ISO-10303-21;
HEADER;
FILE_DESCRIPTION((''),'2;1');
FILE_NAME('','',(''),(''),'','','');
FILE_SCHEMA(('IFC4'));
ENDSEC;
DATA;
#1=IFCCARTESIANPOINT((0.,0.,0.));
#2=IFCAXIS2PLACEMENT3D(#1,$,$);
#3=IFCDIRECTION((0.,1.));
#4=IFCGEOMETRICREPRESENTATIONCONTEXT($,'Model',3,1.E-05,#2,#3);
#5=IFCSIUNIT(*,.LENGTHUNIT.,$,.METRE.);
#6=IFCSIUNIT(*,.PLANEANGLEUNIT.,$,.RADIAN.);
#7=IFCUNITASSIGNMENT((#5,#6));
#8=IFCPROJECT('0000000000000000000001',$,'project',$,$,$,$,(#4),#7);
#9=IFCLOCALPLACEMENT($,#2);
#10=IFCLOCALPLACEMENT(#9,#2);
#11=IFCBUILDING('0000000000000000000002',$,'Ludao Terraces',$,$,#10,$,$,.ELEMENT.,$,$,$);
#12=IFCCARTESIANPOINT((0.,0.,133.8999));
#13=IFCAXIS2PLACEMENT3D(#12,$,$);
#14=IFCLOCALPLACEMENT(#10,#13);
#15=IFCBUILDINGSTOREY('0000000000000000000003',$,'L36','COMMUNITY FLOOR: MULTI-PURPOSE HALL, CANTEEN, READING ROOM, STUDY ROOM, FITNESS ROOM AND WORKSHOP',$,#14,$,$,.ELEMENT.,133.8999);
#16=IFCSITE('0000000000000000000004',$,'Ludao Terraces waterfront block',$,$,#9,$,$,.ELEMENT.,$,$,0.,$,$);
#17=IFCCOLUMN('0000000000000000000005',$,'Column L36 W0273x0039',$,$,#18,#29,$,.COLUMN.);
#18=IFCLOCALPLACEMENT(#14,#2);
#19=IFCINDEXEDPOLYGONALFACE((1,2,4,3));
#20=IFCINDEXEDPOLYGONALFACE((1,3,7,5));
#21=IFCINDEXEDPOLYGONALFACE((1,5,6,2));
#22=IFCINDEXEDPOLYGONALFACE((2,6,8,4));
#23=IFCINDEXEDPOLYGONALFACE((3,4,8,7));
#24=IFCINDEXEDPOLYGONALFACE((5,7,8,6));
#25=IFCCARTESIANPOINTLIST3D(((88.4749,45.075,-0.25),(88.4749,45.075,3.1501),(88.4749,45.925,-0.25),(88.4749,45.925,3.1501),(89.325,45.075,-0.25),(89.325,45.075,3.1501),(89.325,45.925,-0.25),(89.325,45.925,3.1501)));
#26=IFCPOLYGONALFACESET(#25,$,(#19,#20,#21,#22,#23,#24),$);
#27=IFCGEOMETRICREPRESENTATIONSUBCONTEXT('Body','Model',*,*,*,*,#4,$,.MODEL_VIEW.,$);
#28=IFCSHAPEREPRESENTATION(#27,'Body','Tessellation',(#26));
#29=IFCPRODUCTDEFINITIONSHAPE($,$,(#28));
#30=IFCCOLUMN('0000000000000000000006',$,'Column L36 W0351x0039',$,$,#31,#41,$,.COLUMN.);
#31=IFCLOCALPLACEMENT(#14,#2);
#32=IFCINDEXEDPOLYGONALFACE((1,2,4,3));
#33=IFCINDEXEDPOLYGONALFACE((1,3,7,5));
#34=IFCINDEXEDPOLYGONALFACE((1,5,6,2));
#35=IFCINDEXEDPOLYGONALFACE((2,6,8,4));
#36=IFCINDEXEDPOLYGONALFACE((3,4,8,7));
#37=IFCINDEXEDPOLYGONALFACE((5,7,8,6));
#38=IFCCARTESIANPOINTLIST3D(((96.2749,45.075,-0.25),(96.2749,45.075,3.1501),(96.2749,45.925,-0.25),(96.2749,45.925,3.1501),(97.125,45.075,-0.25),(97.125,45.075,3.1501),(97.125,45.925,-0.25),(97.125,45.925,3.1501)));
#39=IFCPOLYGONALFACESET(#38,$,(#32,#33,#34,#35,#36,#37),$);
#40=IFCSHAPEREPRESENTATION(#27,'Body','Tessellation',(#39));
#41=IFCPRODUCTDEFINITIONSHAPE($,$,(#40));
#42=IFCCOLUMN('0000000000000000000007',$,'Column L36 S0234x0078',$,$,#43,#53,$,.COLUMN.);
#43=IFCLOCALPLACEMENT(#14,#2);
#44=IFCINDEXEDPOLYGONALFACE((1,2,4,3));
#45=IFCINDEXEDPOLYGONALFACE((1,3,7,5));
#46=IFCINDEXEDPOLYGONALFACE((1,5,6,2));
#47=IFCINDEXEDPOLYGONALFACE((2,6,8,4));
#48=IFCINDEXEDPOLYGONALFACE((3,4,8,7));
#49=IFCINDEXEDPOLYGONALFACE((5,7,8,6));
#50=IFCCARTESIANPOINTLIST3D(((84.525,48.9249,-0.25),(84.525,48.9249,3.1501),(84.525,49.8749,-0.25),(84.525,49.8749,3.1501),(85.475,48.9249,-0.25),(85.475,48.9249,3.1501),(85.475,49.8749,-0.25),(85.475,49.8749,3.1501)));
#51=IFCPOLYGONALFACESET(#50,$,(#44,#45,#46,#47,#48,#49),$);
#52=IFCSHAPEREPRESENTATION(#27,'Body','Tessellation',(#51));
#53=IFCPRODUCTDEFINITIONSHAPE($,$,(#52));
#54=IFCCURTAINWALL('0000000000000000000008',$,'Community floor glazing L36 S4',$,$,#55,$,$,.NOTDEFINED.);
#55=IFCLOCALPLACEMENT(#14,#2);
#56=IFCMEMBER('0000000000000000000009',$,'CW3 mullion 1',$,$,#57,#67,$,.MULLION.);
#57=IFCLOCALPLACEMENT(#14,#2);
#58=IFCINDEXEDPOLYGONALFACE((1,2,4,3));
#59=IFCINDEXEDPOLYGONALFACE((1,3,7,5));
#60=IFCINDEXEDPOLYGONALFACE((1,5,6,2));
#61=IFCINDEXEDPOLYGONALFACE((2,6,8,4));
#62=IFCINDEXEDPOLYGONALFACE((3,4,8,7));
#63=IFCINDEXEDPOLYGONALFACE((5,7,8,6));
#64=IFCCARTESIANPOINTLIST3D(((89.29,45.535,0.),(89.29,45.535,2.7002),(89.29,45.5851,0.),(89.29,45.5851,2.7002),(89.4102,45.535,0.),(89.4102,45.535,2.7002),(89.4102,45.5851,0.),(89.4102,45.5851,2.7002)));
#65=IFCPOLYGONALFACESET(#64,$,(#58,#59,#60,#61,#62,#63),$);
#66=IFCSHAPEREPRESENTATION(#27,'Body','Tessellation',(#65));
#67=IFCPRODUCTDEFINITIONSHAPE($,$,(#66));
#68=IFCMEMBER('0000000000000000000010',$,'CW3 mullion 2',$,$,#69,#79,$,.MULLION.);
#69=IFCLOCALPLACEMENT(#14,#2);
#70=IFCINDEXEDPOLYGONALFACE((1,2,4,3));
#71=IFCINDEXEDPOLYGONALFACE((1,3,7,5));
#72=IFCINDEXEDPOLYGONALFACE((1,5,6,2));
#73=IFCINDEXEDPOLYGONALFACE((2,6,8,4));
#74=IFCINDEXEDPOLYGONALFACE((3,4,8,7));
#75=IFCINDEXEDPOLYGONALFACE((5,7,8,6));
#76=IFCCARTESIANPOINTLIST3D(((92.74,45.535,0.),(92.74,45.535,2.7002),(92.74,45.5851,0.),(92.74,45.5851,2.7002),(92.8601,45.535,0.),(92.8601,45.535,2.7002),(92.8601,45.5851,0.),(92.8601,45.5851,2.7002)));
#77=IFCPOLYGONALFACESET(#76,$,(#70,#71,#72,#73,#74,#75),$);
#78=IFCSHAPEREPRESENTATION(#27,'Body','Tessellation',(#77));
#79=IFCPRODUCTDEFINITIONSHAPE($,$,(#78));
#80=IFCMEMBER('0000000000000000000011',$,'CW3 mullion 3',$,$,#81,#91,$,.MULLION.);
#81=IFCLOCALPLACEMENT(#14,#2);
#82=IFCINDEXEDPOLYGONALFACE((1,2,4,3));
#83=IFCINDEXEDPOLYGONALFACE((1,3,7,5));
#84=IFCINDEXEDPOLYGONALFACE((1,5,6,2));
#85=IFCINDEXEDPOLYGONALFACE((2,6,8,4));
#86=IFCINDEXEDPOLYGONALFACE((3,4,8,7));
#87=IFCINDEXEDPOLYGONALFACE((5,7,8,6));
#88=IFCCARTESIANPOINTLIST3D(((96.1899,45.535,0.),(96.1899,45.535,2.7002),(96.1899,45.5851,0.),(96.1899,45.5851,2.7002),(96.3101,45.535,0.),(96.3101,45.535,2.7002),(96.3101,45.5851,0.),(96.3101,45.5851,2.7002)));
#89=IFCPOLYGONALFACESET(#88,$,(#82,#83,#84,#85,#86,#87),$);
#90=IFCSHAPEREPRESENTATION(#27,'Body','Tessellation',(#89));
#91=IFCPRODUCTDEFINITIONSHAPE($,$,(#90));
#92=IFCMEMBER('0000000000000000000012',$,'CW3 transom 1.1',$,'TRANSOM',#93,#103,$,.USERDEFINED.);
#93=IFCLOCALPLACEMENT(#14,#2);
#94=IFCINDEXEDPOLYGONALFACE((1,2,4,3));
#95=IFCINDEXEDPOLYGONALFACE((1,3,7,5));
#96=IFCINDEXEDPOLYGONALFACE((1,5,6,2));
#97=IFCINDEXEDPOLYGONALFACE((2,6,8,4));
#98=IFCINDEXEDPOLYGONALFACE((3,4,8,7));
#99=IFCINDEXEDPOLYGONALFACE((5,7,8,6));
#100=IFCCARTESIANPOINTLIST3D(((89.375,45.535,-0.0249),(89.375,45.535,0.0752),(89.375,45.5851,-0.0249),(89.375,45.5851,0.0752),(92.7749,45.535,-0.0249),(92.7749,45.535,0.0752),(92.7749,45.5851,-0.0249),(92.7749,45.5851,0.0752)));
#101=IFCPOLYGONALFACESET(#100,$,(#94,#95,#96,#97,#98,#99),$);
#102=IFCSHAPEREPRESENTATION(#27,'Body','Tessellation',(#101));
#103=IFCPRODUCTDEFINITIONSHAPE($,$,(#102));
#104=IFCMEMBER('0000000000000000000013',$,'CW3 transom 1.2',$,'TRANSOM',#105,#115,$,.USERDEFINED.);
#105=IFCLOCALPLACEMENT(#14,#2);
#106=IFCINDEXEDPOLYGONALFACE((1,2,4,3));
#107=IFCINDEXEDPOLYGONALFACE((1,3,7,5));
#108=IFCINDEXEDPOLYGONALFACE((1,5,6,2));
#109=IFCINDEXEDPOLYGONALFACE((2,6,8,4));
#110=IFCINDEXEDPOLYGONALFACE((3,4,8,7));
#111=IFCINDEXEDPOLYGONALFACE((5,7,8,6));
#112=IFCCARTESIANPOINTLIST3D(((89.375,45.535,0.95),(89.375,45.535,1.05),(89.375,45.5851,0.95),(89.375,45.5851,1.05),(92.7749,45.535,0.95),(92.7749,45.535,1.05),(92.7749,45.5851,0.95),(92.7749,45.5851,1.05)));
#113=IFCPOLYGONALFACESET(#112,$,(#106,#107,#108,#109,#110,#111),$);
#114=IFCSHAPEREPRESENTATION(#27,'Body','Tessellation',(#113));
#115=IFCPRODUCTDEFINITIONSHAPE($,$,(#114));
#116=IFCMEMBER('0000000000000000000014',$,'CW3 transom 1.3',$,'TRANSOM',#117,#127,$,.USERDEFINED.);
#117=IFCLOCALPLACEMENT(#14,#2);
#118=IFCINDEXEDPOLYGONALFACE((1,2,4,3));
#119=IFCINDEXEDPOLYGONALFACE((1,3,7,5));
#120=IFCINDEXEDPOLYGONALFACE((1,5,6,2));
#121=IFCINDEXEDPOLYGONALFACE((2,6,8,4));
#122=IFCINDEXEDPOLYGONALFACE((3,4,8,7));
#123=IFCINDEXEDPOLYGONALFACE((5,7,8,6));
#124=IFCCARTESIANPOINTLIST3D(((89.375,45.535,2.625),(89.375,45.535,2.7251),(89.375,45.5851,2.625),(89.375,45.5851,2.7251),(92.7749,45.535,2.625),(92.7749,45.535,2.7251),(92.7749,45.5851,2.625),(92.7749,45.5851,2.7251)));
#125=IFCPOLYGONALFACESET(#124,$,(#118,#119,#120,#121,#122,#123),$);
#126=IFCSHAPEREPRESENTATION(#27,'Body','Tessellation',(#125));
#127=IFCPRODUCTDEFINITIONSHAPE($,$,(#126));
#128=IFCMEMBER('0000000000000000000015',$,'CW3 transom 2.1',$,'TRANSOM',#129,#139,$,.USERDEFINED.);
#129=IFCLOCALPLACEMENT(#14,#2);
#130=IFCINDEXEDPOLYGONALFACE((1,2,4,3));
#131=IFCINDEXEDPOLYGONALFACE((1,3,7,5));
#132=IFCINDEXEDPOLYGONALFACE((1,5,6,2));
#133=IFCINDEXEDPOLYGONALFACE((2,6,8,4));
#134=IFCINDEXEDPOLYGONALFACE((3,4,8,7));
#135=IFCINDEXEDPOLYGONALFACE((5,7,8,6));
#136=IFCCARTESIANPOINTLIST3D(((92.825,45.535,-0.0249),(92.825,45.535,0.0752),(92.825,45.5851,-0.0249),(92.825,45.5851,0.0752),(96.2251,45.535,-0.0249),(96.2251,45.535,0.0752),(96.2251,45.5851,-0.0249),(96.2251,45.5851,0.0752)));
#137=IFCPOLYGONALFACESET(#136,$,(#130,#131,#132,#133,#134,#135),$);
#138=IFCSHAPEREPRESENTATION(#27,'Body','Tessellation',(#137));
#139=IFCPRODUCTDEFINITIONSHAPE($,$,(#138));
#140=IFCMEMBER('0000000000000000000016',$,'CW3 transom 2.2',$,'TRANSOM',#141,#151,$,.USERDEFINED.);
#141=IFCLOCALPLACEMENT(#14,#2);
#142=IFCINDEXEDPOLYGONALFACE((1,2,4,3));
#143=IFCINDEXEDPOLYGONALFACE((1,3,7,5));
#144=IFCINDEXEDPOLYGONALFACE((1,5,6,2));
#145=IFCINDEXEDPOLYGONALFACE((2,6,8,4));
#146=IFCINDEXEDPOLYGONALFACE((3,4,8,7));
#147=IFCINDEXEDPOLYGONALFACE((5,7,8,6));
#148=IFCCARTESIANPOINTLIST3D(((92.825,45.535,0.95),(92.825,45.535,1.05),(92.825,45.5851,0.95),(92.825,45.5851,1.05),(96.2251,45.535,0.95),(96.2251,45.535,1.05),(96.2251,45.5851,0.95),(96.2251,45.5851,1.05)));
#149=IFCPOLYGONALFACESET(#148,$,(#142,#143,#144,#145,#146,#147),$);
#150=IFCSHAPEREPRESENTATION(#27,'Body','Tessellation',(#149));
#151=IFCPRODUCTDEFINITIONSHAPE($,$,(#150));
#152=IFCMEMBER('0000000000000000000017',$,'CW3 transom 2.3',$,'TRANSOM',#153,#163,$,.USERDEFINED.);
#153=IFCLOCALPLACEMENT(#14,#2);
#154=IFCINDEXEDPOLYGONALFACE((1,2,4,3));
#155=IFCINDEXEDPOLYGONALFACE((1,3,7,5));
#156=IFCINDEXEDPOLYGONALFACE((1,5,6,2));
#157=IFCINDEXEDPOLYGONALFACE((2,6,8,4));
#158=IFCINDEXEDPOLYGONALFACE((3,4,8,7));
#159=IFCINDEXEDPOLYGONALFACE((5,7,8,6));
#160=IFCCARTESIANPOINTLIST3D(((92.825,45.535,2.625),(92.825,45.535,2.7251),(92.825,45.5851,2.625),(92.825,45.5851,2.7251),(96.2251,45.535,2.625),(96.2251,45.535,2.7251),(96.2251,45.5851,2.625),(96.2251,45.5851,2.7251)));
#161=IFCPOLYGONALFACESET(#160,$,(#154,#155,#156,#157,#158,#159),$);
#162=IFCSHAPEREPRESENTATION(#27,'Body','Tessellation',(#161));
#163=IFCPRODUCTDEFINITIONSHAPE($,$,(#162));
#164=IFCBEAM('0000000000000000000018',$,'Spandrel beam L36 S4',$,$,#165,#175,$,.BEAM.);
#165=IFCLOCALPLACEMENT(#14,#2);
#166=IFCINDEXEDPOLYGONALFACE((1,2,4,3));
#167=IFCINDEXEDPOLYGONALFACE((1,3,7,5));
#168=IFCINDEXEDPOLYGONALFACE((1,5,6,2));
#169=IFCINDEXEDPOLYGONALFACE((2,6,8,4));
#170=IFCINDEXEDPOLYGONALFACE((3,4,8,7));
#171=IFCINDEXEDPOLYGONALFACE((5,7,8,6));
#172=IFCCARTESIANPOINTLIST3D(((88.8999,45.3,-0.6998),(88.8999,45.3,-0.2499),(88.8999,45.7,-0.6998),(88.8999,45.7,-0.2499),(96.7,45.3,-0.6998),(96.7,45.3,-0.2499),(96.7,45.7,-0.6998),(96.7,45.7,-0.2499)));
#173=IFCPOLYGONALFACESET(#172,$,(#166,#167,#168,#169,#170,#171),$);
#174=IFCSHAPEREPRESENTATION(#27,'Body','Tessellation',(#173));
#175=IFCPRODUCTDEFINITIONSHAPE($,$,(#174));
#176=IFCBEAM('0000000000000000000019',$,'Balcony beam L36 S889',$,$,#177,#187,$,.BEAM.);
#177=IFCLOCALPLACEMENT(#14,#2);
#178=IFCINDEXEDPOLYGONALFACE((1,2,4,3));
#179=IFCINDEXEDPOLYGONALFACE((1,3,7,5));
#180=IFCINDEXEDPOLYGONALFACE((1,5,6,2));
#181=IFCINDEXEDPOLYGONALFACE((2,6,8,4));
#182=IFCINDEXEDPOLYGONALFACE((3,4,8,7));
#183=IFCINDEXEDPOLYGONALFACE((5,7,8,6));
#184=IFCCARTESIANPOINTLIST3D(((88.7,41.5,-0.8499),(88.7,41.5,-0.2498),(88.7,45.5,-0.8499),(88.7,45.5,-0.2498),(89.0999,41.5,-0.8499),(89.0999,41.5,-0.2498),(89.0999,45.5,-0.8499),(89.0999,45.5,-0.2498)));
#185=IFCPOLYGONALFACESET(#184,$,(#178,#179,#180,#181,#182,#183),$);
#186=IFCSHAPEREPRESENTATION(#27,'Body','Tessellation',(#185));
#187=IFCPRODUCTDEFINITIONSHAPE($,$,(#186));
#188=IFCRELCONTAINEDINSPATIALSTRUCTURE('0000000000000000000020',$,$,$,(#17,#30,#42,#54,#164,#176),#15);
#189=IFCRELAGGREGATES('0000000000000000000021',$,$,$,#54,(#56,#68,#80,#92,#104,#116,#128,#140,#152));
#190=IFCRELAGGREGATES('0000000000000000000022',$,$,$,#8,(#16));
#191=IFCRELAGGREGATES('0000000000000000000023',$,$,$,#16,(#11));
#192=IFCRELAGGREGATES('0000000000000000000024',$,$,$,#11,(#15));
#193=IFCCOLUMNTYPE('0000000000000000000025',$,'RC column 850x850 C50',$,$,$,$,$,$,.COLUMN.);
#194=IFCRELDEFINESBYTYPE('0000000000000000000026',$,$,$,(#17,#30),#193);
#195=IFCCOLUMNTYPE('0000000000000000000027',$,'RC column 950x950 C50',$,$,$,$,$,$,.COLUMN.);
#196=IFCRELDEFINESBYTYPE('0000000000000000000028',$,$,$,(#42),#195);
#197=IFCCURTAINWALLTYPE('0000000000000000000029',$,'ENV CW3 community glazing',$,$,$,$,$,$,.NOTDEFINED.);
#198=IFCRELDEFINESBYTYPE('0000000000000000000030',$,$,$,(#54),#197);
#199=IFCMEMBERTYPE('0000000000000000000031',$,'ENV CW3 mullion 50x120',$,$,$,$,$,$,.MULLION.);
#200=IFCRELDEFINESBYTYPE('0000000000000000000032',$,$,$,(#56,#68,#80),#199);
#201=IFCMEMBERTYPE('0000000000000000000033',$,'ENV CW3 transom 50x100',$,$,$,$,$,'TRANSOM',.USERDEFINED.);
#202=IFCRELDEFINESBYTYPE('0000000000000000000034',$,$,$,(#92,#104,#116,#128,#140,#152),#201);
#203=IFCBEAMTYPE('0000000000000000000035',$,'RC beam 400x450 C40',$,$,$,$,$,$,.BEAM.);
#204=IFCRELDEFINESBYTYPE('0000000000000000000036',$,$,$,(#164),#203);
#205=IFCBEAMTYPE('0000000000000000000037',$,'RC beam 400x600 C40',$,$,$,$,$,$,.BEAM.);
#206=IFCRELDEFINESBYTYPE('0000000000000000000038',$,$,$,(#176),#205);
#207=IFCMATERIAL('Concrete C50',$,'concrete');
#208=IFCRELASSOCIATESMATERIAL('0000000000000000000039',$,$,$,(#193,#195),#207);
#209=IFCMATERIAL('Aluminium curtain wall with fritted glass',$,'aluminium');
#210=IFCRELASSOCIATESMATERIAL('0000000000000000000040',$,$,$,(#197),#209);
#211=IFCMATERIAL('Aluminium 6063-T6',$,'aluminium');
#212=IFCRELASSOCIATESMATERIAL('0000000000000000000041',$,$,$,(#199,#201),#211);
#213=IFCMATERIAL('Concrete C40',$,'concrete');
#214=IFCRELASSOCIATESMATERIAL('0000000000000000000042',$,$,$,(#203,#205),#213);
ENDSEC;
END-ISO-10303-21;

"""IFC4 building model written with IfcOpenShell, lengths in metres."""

from ifc_helpers import new_model, si_unit, direction, frame, origin, origin_2d, place, context, subcontext, project, spatial, rectangle, extrude, material, material_profile, profile_set, type_object, element, aggregate, save


model = new_model("IFC4")

# Units and contexts
model_context = context("Model", 3, precision=1e-05, world=origin(), true_north=direction((0.0, 1.0)))
body_context = subcontext(model_context, "Body", "Model", "MODEL_VIEW")
ifc_project = project(units=[si_unit("LENGTHUNIT", "METRE"), si_unit("PLANEANGLEUNIT", "RADIAN")], contexts=[model_context])

# Site, building, storey
site_placement = place(None, origin())
site = spatial("IfcSite", under=ifc_project, at=site_placement, Name="Ludao Terraces waterfront block", CompositionType="ELEMENT", RefElevation=0.0)
building_placement = place(site_placement, origin())
building = spatial("IfcBuilding", under=site, at=building_placement, Name="Ludao Terraces", CompositionType="ELEMENT")
storey_placement = place(building_placement, frame((0.0, 0.0, 133.8999)))
storey = spatial("IfcBuildingStorey", under=building, at=storey_placement, Name="L36", Description="COMMUNITY FLOOR: MULTI-PURPOSE HALL, CANTEEN, READING ROOM, STUDY ROOM, FITNESS ROOM AND WORKSHOP", CompositionType="ELEMENT", Elevation=133.8999)

# Columns
ifc_material_1 = material(Name="Concrete C50", Category="concrete")
ifc_material_profile_1 = material_profile(ifc_material_1, rectangle(XDim=0.8501, YDim=0.8501, at=origin_2d()), Name="850 X 850")
ifc_profile_set_1 = profile_set([ifc_material_profile_1], Name="Concrete C50")
column_type_1 = type_object("IfcColumnType", Name="RC column 850x850 C50", PredefinedType="COLUMN", material=ifc_profile_set_1)
for number, where, z_axis, x_axis, name in (
    (1, (88.8999, 45.5, -0.25), (0.0, 0.0, 1.0), (1.0, 0.0, 0.0), "Column L36 W0273x0039"),
    (2, (96.7, 45.5, -0.25), (0.0, 0.0, 1.0), (1.0, 0.0, 0.0), "Column L36 W0351x0039"),
):
    element("IfcColumn", number, at=place(storey_placement, frame(where, z_axis=z_axis, x_axis=x_axis)), inside=storey, type_object=column_type_1, Name=name, PredefinedType="COLUMN", context=body_context, shape_type="SweptSolid", body=[
        extrude(rectangle(XDim=0.8501, YDim=0.8501, at=origin_2d()), origin(), (0.0, 0.0, 1.0), 3.4001),
    ])
ifc_material_profile_2 = material_profile(ifc_material_1, rectangle(XDim=0.95, YDim=0.95, at=origin_2d()), Name="950 X 950")
ifc_profile_set_2 = profile_set([ifc_material_profile_2], Name="Concrete C50")
column_type_2 = type_object("IfcColumnType", Name="RC column 950x950 C50", PredefinedType="COLUMN", material=ifc_profile_set_2)
column_placement = place(storey_placement, frame((85.0, 49.3999, -0.25), z_axis=(0.0, 0.0, 1.0), x_axis=(1.0, 0.0, 0.0)))
element("IfcColumn", 3, at=column_placement, inside=storey, type_object=column_type_2, Name="Column L36 S0234x0078", PredefinedType="COLUMN", context=body_context, shape_type="SweptSolid", body=[
    extrude(rectangle(XDim=0.95, YDim=0.95, at=origin_2d()), origin(), (0.0, 0.0, 1.0), 3.4001),
])

# Curtain wall, members
ifc_material_2 = material(Name="Aluminium curtain wall with fritted glass", Category="aluminium")
curtain_wall_type = type_object("IfcCurtainWallType", Name="ENV CW3 community glazing", PredefinedType="NOTDEFINED", material=ifc_material_2)
curtain_wall_placement = place(storey_placement, origin())
curtain_wall = element("IfcCurtainWall", 4, at=curtain_wall_placement, inside=storey, type_object=curtain_wall_type, Name="Community floor glazing L36 S4", PredefinedType="NOTDEFINED")
ifc_material_3 = material(Name="Aluminium 6063-T6", Category="aluminium")
ifc_material_profile_3 = material_profile(ifc_material_3, rectangle(XDim=0.05, YDim=0.1201, at=origin_2d()), Name="50 X 120")
ifc_profile_set_3 = profile_set([ifc_material_profile_3], Name="Aluminium 6063-T6")
member_type_1 = type_object("IfcMemberType", Name="ENV CW3 mullion 50x120", PredefinedType="MULLION", material=ifc_profile_set_3)
member_1_placement = place(storey_placement, frame((89.3501, 45.5601, 0.0), z_axis=(0.0, 0.0, 1.0), x_axis=(0.0, 1.0, 0.0)))
member_1 = element("IfcMember", 5, at=member_1_placement, type_object=member_type_1, Name="CW3 mullion 1", PredefinedType="MULLION", context=body_context, shape_type="SweptSolid", body=[
    extrude(rectangle(XDim=0.05, YDim=0.1201, at=origin_2d()), origin(), (0.0, 0.0, 1.0), 2.7002),
])
member_2_placement = place(storey_placement, frame((92.8, 45.5601, 0.0), z_axis=(0.0, 0.0, 1.0), x_axis=(0.0, 1.0, 0.0)))
member_2 = element("IfcMember", 6, at=member_2_placement, type_object=member_type_1, Name="CW3 mullion 2", PredefinedType="MULLION", context=body_context, shape_type="SweptSolid", body=[
    extrude(rectangle(XDim=0.05, YDim=0.1201, at=origin_2d()), origin(), (0.0, 0.0, 1.0), 2.7002),
])
member_3_placement = place(storey_placement, frame((96.25, 45.5601, 0.0), z_axis=(0.0, 0.0, 1.0), x_axis=(0.0, 1.0, 0.0)))
member_3 = element("IfcMember", 7, at=member_3_placement, type_object=member_type_1, Name="CW3 mullion 3", PredefinedType="MULLION", context=body_context, shape_type="SweptSolid", body=[
    extrude(rectangle(XDim=0.05, YDim=0.1201, at=origin_2d()), origin(), (0.0, 0.0, 1.0), 2.7002),
])
ifc_material_profile_4 = material_profile(ifc_material_3, rectangle(XDim=0.05, YDim=0.1001, at=origin_2d()), Name="50 X 100")
ifc_profile_set_4 = profile_set([ifc_material_profile_4], Name="Aluminium 6063-T6")
member_type_2 = type_object("IfcMemberType", Name="ENV CW3 transom 50x100", ElementType="TRANSOM", PredefinedType="USERDEFINED", material=ifc_profile_set_4)
member_4_placement = place(storey_placement, frame((89.375, 45.5601, 0.0251), z_axis=(1.0, 0.0, 0.0), x_axis=(0.0, 1.0, 0.0)))
member_4 = element("IfcMember", 8, at=member_4_placement, type_object=member_type_2, Name="CW3 transom 1.1", ObjectType="TRANSOM", PredefinedType="USERDEFINED", context=body_context, shape_type="SweptSolid", body=[
    extrude(rectangle(XDim=0.05, YDim=0.1001, at=origin_2d()), origin(), (0.0, 0.0, 1.0), 3.3999),
])
member_5_placement = place(storey_placement, frame((89.375, 45.5601, 1.0), z_axis=(1.0, 0.0, 0.0), x_axis=(0.0, 1.0, 0.0)))
member_5 = element("IfcMember", 9, at=member_5_placement, type_object=member_type_2, Name="CW3 transom 1.2", ObjectType="TRANSOM", PredefinedType="USERDEFINED", context=body_context, shape_type="SweptSolid", body=[
    extrude(rectangle(XDim=0.05, YDim=0.1001, at=origin_2d()), origin(), (0.0, 0.0, 1.0), 3.3999),
])
member_6_placement = place(storey_placement, frame((89.375, 45.5601, 2.675), z_axis=(1.0, 0.0, 0.0), x_axis=(0.0, 1.0, 0.0)))
member_6 = element("IfcMember", 10, at=member_6_placement, type_object=member_type_2, Name="CW3 transom 1.3", ObjectType="TRANSOM", PredefinedType="USERDEFINED", context=body_context, shape_type="SweptSolid", body=[
    extrude(rectangle(XDim=0.05, YDim=0.1001, at=origin_2d()), origin(), (0.0, 0.0, 1.0), 3.3999),
])
member_7_placement = place(storey_placement, frame((92.825, 45.5601, 0.0251), z_axis=(1.0, 0.0, 0.0), x_axis=(0.0, 1.0, 0.0)))
member_7 = element("IfcMember", 11, at=member_7_placement, type_object=member_type_2, Name="CW3 transom 2.1", ObjectType="TRANSOM", PredefinedType="USERDEFINED", context=body_context, shape_type="SweptSolid", body=[
    extrude(rectangle(XDim=0.05, YDim=0.1001, at=origin_2d()), origin(), (0.0, 0.0, 1.0), 3.4001),
])
member_8_placement = place(storey_placement, frame((92.825, 45.5601, 1.0), z_axis=(1.0, 0.0, 0.0), x_axis=(0.0, 1.0, 0.0)))
member_8 = element("IfcMember", 12, at=member_8_placement, type_object=member_type_2, Name="CW3 transom 2.2", ObjectType="TRANSOM", PredefinedType="USERDEFINED", context=body_context, shape_type="SweptSolid", body=[
    extrude(rectangle(XDim=0.05, YDim=0.1001, at=origin_2d()), origin(), (0.0, 0.0, 1.0), 3.4001),
])
member_9_placement = place(storey_placement, frame((92.825, 45.5601, 2.675), z_axis=(1.0, 0.0, 0.0), x_axis=(0.0, 1.0, 0.0)))
member_9 = element("IfcMember", 13, at=member_9_placement, type_object=member_type_2, Name="CW3 transom 2.3", ObjectType="TRANSOM", PredefinedType="USERDEFINED", context=body_context, shape_type="SweptSolid", body=[
    extrude(rectangle(XDim=0.05, YDim=0.1001, at=origin_2d()), origin(), (0.0, 0.0, 1.0), 3.4001),
])

# Beams
ifc_material_4 = material(Name="Concrete C40", Category="concrete")
ifc_material_profile_5 = material_profile(ifc_material_4, rectangle(XDim=0.3999, YDim=0.45, at=origin_2d()), Name="400 X 450")
ifc_profile_set_5 = profile_set([ifc_material_profile_5], Name="Concrete C40")
beam_type_1 = type_object("IfcBeamType", Name="RC beam 400x450 C40", PredefinedType="BEAM", material=ifc_profile_set_5)
beam_1_placement = place(storey_placement, frame((88.8999, 45.5, -0.4749), z_axis=(1.0, 0.0, 0.0), x_axis=(0.0, 1.0, 0.0)))
element("IfcBeam", 14, at=beam_1_placement, inside=storey, type_object=beam_type_1, Name="Spandrel beam L36 S4", PredefinedType="BEAM", context=body_context, shape_type="SweptSolid", body=[
    extrude(rectangle(XDim=0.3999, YDim=0.45, at=origin_2d()), origin(), (0.0, 0.0, 1.0), 7.8),
])
ifc_material_profile_6 = material_profile(ifc_material_4, rectangle(XDim=0.3999, YDim=0.6001, at=origin_2d()), Name="400 X 600")
ifc_profile_set_6 = profile_set([ifc_material_profile_6], Name="Concrete C40")
beam_type_2 = type_object("IfcBeamType", Name="RC beam 400x600 C40", PredefinedType="BEAM", material=ifc_profile_set_6)
beam_2_placement = place(storey_placement, frame((88.8999, 45.5, -0.5498), z_axis=(0.0, -1.0, 0.0), x_axis=(1.0, 0.0, 0.0)))
element("IfcBeam", 15, at=beam_2_placement, inside=storey, type_object=beam_type_2, Name="Balcony beam L36 S889", PredefinedType="BEAM", context=body_context, shape_type="SweptSolid", body=[
    extrude(rectangle(XDim=0.3999, YDim=0.6001, at=origin_2d()), origin(), (0.0, 0.0, 1.0), 4.0),
])

aggregate(curtain_wall, [member_1, member_2, member_3, member_4, member_5, member_6, member_7, member_8, member_9])

save(model, "model.ifc")
